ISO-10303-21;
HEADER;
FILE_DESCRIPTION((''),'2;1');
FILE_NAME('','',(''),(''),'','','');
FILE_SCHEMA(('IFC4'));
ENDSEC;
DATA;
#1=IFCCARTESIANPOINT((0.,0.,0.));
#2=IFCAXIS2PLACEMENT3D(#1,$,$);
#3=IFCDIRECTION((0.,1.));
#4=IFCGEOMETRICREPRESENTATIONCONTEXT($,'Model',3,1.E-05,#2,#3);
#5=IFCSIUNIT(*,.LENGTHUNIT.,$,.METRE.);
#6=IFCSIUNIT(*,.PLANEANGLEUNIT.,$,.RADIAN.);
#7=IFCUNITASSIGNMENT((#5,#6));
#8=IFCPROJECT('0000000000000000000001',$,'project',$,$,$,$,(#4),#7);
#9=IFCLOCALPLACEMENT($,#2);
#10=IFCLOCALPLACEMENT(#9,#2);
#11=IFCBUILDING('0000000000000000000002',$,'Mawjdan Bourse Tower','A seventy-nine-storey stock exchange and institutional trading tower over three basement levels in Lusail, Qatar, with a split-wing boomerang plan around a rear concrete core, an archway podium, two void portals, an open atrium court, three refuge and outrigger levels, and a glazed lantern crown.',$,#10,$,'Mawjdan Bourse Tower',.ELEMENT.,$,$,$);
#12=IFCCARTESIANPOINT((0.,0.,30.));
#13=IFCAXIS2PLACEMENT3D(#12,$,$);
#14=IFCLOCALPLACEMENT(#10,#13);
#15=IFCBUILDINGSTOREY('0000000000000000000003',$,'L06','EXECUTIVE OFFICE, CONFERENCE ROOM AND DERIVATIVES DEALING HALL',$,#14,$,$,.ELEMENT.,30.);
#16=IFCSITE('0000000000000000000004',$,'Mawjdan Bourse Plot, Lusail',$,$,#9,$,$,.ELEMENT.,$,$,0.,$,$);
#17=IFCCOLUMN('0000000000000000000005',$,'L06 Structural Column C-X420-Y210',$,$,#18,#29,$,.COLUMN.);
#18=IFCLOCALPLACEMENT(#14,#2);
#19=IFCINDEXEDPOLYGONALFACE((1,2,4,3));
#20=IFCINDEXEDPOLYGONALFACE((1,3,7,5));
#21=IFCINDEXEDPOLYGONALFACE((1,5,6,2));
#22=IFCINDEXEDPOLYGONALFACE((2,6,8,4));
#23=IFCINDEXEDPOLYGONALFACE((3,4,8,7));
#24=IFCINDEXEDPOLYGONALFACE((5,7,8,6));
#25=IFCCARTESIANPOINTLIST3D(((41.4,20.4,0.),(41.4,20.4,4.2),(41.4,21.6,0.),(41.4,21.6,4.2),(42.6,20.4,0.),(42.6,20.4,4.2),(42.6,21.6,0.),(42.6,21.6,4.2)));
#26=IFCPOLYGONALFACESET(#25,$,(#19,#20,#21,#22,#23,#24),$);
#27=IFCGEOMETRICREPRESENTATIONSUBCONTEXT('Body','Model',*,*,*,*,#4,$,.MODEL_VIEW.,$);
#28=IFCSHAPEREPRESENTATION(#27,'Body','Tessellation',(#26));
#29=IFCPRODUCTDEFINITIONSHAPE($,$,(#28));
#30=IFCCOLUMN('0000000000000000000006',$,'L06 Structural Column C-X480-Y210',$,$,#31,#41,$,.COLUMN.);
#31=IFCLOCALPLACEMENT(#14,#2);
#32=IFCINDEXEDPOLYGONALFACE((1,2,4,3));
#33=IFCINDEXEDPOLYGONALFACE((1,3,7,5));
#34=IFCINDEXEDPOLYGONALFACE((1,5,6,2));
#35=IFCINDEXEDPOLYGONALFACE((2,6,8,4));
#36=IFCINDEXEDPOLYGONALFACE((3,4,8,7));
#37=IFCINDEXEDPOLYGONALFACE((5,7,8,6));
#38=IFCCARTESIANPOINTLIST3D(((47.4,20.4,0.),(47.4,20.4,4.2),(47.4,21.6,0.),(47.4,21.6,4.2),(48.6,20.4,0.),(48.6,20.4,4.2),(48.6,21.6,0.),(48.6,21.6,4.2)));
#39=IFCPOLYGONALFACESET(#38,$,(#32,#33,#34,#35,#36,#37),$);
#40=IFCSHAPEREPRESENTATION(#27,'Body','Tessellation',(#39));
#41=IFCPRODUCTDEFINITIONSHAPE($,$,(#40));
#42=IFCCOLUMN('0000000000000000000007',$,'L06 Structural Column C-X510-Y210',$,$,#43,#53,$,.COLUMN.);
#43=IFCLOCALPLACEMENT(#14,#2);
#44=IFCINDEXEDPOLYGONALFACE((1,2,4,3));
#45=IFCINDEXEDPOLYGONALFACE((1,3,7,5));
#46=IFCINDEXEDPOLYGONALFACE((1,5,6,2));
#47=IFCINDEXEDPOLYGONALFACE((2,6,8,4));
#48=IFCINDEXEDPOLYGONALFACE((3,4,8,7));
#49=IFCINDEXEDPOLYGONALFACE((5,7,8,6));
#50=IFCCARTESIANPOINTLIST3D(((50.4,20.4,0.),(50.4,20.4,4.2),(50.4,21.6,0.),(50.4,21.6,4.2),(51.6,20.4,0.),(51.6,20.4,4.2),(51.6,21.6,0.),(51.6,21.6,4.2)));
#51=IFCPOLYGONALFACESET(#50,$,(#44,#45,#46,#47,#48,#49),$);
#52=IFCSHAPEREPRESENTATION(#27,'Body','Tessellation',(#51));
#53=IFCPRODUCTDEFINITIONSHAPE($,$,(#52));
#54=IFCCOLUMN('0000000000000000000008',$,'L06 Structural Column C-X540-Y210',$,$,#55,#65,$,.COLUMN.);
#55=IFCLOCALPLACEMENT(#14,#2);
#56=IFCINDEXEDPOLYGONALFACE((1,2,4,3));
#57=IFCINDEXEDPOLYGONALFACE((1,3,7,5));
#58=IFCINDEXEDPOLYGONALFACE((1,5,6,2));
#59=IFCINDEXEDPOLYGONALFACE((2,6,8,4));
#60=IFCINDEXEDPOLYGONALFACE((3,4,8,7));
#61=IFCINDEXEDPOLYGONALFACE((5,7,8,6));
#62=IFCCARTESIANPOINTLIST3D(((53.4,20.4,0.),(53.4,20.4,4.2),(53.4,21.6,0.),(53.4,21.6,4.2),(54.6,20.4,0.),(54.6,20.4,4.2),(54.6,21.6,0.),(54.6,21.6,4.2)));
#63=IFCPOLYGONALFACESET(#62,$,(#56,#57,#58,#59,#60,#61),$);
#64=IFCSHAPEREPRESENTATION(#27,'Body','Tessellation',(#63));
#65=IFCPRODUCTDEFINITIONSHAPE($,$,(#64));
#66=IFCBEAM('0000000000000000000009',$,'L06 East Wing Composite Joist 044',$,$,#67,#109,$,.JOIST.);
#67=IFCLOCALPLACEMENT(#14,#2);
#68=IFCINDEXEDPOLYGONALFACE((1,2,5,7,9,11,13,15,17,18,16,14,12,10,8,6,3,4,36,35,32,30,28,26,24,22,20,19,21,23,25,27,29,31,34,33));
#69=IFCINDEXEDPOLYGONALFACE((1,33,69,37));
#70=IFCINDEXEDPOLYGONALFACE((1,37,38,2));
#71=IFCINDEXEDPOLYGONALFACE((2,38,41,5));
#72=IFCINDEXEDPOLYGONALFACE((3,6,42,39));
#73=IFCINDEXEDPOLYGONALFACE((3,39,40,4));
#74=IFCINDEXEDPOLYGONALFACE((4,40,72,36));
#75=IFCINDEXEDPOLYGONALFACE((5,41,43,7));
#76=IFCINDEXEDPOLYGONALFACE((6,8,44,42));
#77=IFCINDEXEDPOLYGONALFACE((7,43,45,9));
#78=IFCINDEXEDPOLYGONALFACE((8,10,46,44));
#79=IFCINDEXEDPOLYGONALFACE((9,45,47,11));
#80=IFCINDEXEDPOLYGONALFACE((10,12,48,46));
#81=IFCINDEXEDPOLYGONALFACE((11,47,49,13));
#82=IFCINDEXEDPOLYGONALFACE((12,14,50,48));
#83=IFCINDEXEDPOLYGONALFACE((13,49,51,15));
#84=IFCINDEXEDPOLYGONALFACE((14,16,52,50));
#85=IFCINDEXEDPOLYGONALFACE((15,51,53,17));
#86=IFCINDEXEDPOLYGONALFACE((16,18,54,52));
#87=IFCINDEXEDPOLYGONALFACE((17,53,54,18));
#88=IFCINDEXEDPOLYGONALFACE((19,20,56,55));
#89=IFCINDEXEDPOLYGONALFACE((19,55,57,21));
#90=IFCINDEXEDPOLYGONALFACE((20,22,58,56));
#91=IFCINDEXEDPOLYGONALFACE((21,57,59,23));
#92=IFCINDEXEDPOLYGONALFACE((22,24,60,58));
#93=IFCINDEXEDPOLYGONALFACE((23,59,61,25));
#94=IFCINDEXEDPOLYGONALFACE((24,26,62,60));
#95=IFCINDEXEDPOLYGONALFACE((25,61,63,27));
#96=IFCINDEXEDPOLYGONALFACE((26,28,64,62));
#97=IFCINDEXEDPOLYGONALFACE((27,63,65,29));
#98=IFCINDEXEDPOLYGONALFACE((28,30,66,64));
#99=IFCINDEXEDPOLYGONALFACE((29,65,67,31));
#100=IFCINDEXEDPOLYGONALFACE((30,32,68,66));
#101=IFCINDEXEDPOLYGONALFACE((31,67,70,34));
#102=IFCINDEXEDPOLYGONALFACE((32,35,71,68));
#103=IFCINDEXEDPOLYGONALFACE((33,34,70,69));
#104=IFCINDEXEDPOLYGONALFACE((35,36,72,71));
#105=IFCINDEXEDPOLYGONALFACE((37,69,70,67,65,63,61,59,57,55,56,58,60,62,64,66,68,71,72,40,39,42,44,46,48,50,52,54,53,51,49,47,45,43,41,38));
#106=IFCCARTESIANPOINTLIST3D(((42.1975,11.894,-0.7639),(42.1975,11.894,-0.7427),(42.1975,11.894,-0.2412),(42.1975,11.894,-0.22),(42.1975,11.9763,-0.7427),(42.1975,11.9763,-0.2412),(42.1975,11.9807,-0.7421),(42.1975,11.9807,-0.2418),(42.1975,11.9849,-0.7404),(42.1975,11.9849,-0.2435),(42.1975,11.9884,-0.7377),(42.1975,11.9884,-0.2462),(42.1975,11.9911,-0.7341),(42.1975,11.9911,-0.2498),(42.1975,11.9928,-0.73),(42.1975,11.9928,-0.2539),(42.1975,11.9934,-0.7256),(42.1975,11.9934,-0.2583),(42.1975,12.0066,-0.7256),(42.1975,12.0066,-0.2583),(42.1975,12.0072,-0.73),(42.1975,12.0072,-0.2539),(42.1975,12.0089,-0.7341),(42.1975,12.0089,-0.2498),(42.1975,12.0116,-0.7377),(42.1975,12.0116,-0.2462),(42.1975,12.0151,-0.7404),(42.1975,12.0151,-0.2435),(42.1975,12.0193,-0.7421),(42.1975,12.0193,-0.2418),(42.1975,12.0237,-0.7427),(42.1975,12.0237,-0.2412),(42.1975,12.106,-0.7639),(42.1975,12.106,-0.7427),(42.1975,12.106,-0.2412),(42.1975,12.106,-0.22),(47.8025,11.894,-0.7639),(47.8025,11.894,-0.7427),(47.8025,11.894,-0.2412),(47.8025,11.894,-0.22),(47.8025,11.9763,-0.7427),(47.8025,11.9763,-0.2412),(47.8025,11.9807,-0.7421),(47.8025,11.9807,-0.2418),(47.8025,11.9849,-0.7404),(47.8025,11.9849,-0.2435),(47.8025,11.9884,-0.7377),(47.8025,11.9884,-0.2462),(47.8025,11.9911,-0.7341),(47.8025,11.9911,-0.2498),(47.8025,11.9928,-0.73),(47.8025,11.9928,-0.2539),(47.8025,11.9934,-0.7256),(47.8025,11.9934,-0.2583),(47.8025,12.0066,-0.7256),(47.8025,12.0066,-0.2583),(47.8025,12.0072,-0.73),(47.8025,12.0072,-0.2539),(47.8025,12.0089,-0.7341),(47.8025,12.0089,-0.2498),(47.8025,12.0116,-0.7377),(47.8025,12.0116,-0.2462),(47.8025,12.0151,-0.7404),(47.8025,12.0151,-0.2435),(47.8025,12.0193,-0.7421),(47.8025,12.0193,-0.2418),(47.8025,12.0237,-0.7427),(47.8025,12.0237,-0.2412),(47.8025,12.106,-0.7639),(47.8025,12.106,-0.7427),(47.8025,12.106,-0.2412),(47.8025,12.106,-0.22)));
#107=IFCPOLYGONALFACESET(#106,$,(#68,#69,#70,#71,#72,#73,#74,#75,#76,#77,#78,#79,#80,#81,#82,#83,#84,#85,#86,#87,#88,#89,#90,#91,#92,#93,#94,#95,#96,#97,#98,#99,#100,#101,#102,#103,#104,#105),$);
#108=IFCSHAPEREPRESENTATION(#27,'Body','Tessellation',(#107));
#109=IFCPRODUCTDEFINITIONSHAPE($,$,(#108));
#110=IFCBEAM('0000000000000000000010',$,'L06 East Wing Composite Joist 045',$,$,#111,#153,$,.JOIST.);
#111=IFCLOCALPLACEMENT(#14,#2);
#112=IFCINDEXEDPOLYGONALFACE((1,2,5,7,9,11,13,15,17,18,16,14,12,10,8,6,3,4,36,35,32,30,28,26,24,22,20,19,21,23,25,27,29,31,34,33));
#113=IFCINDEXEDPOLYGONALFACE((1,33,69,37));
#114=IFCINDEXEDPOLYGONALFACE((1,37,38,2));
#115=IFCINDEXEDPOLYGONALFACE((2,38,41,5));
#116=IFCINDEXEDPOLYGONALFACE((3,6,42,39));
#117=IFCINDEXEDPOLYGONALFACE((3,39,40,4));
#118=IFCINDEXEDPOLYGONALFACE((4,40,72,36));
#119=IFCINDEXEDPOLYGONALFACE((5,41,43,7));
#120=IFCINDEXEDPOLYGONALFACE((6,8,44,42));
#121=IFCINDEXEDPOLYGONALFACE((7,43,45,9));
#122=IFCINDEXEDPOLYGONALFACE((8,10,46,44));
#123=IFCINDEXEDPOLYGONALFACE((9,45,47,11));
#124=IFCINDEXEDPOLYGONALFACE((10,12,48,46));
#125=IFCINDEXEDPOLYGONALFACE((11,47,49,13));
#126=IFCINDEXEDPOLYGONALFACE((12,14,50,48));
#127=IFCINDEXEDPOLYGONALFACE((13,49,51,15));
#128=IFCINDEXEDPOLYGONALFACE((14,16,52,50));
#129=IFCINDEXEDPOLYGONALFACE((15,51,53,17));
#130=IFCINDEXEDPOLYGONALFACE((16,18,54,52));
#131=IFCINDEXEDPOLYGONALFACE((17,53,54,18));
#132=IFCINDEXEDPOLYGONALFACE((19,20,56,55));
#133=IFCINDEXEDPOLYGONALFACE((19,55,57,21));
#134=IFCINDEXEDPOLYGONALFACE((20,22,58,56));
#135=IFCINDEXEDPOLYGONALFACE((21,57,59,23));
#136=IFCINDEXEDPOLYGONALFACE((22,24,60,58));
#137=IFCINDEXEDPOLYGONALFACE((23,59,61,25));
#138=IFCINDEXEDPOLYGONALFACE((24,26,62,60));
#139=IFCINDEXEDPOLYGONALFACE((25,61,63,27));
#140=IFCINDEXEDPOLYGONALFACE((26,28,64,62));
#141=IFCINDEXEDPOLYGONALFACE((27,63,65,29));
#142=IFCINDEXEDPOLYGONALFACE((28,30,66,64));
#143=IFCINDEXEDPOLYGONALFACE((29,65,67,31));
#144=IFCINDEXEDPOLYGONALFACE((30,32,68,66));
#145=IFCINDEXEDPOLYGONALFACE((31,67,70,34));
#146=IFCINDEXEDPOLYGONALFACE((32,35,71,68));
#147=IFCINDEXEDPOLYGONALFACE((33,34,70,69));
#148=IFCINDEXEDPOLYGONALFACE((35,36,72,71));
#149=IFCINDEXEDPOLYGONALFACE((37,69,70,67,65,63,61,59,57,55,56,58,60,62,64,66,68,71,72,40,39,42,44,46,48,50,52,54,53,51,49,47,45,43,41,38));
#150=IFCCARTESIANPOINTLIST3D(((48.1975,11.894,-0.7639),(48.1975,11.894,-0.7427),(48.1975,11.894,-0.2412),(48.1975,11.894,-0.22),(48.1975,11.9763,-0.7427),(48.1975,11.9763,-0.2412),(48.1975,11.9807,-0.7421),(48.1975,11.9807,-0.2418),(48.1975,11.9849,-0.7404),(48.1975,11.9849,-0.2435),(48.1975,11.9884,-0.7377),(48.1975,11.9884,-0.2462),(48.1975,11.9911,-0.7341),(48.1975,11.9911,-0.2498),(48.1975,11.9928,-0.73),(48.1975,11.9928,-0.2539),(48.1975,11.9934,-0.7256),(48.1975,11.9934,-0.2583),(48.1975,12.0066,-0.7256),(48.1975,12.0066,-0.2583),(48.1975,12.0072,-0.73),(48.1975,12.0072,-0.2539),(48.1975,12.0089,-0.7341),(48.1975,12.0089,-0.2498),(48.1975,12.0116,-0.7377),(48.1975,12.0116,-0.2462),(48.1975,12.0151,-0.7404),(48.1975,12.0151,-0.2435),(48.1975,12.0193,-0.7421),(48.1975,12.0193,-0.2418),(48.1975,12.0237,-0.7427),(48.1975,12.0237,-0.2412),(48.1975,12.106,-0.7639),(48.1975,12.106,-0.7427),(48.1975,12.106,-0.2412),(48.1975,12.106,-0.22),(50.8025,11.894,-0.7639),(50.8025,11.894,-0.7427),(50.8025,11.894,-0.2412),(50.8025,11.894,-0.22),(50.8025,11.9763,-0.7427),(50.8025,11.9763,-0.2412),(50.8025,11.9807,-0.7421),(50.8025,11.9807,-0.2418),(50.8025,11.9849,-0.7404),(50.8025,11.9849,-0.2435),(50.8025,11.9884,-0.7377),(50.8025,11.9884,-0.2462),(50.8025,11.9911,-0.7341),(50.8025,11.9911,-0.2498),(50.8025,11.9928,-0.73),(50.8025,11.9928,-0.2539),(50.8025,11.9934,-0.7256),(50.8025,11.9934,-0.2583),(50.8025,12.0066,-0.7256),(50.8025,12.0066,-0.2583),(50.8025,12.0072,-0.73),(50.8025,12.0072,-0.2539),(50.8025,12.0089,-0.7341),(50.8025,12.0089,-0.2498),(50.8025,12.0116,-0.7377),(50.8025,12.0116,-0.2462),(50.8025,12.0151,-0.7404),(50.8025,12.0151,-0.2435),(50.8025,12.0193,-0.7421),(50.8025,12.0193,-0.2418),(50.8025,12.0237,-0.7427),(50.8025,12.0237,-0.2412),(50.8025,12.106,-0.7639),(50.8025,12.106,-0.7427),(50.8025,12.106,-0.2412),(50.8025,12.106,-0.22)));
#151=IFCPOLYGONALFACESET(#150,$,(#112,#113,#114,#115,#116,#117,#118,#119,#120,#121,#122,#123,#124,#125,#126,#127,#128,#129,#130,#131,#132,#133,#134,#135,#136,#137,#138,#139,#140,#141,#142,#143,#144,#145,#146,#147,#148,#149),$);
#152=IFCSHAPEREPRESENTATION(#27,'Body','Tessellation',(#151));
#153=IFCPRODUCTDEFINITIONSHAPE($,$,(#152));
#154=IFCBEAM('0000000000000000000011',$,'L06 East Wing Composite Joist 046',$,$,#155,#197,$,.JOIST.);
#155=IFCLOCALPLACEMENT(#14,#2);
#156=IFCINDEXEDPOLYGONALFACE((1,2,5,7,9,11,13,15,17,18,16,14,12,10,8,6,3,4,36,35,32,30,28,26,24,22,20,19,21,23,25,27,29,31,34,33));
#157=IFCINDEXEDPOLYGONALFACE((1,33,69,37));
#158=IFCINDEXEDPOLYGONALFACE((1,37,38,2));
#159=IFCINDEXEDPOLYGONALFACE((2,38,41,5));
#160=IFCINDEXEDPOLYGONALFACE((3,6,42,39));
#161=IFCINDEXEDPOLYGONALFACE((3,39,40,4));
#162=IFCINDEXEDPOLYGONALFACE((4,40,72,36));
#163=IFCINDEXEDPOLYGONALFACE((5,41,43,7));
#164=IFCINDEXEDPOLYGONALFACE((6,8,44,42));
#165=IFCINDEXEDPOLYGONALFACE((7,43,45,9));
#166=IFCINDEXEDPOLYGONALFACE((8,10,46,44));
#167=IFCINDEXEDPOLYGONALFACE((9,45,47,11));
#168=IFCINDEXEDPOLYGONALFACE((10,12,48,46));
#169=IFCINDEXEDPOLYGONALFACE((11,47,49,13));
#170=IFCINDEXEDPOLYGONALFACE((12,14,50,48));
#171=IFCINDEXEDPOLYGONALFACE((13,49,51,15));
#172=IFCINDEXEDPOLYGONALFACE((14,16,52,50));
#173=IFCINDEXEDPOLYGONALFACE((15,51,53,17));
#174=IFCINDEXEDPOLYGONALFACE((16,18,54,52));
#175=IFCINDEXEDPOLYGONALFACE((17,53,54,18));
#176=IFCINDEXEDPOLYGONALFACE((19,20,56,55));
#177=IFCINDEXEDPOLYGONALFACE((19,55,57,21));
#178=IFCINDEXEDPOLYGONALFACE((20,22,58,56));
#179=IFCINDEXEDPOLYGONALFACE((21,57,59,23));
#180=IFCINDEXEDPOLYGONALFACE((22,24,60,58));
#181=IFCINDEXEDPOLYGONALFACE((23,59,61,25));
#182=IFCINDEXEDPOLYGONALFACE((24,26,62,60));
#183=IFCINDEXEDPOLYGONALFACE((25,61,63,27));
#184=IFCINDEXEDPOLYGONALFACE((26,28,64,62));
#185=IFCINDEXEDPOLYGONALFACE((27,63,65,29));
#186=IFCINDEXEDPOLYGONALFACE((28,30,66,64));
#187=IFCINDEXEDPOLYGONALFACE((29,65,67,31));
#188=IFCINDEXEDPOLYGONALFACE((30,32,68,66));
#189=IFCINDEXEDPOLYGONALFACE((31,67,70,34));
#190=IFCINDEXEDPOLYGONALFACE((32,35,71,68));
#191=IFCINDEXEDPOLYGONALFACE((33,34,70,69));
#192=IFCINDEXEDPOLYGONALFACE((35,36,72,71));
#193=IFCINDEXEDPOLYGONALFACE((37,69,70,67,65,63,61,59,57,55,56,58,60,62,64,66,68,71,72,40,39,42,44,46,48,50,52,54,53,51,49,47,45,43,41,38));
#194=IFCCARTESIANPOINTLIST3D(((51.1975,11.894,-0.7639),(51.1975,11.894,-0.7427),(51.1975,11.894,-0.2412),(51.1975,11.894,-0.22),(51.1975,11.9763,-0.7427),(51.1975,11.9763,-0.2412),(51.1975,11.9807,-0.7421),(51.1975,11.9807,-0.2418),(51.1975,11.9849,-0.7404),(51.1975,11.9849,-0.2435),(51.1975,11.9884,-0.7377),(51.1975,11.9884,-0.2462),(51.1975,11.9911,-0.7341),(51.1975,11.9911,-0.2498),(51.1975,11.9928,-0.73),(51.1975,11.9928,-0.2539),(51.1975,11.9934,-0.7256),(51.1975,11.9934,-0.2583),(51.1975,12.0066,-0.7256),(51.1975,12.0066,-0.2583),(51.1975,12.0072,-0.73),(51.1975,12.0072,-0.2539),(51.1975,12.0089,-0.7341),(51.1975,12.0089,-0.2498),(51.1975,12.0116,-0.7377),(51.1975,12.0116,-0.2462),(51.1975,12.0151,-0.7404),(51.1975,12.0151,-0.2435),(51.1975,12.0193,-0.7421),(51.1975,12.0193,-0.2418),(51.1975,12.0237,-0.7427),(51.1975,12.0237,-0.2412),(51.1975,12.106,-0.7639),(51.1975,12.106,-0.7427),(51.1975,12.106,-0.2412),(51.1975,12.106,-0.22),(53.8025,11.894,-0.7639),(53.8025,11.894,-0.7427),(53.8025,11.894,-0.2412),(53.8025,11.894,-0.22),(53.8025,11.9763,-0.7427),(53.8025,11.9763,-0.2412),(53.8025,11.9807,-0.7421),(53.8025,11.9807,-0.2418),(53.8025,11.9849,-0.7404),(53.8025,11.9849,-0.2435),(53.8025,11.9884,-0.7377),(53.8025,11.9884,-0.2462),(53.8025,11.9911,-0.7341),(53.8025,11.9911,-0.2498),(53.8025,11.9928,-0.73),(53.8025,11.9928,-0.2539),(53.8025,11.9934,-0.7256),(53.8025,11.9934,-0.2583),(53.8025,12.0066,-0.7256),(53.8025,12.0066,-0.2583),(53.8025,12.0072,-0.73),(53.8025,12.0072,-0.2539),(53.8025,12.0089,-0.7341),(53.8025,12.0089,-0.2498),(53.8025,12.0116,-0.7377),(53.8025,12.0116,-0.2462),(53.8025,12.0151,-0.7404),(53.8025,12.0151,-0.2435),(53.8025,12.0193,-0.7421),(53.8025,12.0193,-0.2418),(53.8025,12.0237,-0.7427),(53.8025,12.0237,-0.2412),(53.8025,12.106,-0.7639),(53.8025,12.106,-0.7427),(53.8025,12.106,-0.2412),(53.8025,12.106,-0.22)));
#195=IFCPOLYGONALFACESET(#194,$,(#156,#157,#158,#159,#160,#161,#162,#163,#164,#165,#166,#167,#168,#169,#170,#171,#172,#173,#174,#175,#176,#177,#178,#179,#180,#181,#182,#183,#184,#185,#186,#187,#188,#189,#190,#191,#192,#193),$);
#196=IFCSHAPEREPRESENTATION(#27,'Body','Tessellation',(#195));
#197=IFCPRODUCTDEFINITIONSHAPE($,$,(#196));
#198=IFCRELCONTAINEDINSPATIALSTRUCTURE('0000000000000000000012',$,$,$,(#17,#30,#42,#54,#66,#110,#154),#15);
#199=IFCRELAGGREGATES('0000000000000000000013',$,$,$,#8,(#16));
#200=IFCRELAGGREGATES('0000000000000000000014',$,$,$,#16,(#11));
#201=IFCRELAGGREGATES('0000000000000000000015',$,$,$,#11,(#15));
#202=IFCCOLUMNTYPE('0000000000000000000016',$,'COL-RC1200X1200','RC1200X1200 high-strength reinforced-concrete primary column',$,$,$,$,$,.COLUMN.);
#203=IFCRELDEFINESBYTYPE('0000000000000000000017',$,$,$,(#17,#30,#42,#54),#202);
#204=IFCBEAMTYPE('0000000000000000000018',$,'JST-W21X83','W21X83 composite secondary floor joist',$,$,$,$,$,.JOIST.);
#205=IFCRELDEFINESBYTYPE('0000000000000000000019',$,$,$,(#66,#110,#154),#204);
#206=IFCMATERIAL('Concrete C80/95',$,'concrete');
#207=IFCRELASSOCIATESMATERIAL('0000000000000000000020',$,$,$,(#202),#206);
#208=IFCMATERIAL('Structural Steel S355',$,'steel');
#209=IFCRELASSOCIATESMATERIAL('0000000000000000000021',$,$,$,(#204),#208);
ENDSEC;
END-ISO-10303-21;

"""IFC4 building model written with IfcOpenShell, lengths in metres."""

from ifc_helpers import new_model, si_unit, direction, frame, origin, origin_2d, place, context, subcontext, project, spatial, rectangle, i_section, extrude, material, material_profile, profile_set, type_object, element, save


model = new_model("IFC4")

# Units and contexts
model_context = context("Model", 3, precision=1e-05, world=origin(), true_north=direction((0.0, 1.0)))
body_context = subcontext(model_context, "Body", "Model", "MODEL_VIEW")
ifc_project = project(units=[si_unit("LENGTHUNIT", "METRE"), si_unit("PLANEANGLEUNIT", "RADIAN")], contexts=[model_context])

# Site, building, storey
site_placement = place(None, origin())
site = spatial("IfcSite", under=ifc_project, at=site_placement, Name="Mawjdan Bourse Plot, Lusail", CompositionType="ELEMENT", RefElevation=0.0)
building_placement = place(site_placement, origin())
building = spatial("IfcBuilding", under=site, at=building_placement, Name="Mawjdan Bourse Tower", Description="A seventy-nine-storey stock exchange and institutional trading tower over three basement levels in Lusail, Qatar, with a split-wing boomerang plan around a rear concrete core, an archway podium, two void portals, an open atrium court, three refuge and outrigger levels, and a glazed lantern crown.", LongName="Mawjdan Bourse Tower", CompositionType="ELEMENT")
storey_placement = place(building_placement, frame((0.0, 0.0, 30.0)))
storey = spatial("IfcBuildingStorey", under=building, at=storey_placement, Name="L06", Description="EXECUTIVE OFFICE, CONFERENCE ROOM AND DERIVATIVES DEALING HALL", CompositionType="ELEMENT", Elevation=30.0)

# Columns
ifc_material_1 = material(Name="Concrete C80/95", Category="concrete")
ifc_material_profile_1 = material_profile(ifc_material_1, rectangle(XDim=1.2, YDim=1.2, at=origin_2d()), Name="RC1200X1200")
ifc_profile_set_1 = profile_set([ifc_material_profile_1], Name="Concrete C80/95")
column_type = type_object("IfcColumnType", Name="COL-RC1200X1200", Description="RC1200X1200 high-strength reinforced-concrete primary column", PredefinedType="COLUMN", material=ifc_profile_set_1)
for number, where, z_axis, x_axis, name in (
    (1, (42.0, 21.0, 0.0), (0.0, 0.0, 1.0), (1.0, 0.0, 0.0), "L06 Structural Column C-X420-Y210"),
    (2, (48.0, 21.0, 0.0), (0.0, 0.0, 1.0), (1.0, 0.0, 0.0), "L06 Structural Column C-X480-Y210"),
    (3, (51.0, 21.0, 0.0), (0.0, 0.0, 1.0), (1.0, 0.0, 0.0), "L06 Structural Column C-X510-Y210"),
    (4, (54.0, 21.0, 0.0), (0.0, 0.0, 1.0), (1.0, 0.0, 0.0), "L06 Structural Column C-X540-Y210"),
):
    element("IfcColumn", number, at=place(storey_placement, frame(where, z_axis=z_axis, x_axis=x_axis)), inside=storey, type_object=column_type, Name=name, PredefinedType="COLUMN", context=body_context, shape_type="SweptSolid", body=[
        extrude(rectangle(XDim=1.2, YDim=1.2, at=origin_2d()), origin(), (0.0, 0.0, 1.0), 4.2),
    ])

# Beams
ifc_material_2 = material(Name="Structural Steel S355", Category="steel")
ifc_material_profile_2 = material_profile(ifc_material_2, i_section(OverallWidth=0.2119, OverallDepth=0.5439, WebThickness=0.0132, FlangeThickness=0.0212, FilletRadius=0.0171, at=origin_2d()), Name="W21X83")
ifc_profile_set_2 = profile_set([ifc_material_profile_2], Name="Structural Steel S355")
beam_type_1 = type_object("IfcBeamType", Name="JST-W21X83", Description="W21X83 composite secondary floor joist", PredefinedType="JOIST", material=ifc_profile_set_2)
beam_1_placement = place(storey_placement, frame((42.1975, 12.0, -0.4919), z_axis=(1.0, 0.0, 0.0), x_axis=(0.0, 1.0, 0.0)))
element("IfcBeam", 5, at=beam_1_placement, inside=storey, type_object=beam_type_1, Name="L06 East Wing Composite Joist 044", PredefinedType="JOIST", context=body_context, shape_type="SweptSolid", body=[
    extrude(i_section(OverallWidth=0.2119, OverallDepth=0.5439, WebThickness=0.0132, FlangeThickness=0.0212, FilletRadius=0.0171, at=origin_2d()), origin(), (0.0, 0.0, 1.0), 5.605),
])
for number, where, z_axis, x_axis, name in (
    (6, (48.1975, 12.0, -0.4919), (1.0, 0.0, 0.0), (0.0, 1.0, 0.0), "L06 East Wing Composite Joist 045"),
    (7, (51.1975, 12.0, -0.4919), (1.0, 0.0, 0.0), (0.0, 1.0, 0.0), "L06 East Wing Composite Joist 046"),
):
    element("IfcBeam", number, at=place(storey_placement, frame(where, z_axis=z_axis, x_axis=x_axis)), inside=storey, type_object=beam_type_1, Name=name, PredefinedType="JOIST", context=body_context, shape_type="SweptSolid", body=[
        extrude(i_section(OverallWidth=0.2119, OverallDepth=0.5439, WebThickness=0.0132, FlangeThickness=0.0212, FilletRadius=0.0171, at=origin_2d()), origin(), (0.0, 0.0, 1.0), 2.605),
    ])

save(model, "model.ifc")
